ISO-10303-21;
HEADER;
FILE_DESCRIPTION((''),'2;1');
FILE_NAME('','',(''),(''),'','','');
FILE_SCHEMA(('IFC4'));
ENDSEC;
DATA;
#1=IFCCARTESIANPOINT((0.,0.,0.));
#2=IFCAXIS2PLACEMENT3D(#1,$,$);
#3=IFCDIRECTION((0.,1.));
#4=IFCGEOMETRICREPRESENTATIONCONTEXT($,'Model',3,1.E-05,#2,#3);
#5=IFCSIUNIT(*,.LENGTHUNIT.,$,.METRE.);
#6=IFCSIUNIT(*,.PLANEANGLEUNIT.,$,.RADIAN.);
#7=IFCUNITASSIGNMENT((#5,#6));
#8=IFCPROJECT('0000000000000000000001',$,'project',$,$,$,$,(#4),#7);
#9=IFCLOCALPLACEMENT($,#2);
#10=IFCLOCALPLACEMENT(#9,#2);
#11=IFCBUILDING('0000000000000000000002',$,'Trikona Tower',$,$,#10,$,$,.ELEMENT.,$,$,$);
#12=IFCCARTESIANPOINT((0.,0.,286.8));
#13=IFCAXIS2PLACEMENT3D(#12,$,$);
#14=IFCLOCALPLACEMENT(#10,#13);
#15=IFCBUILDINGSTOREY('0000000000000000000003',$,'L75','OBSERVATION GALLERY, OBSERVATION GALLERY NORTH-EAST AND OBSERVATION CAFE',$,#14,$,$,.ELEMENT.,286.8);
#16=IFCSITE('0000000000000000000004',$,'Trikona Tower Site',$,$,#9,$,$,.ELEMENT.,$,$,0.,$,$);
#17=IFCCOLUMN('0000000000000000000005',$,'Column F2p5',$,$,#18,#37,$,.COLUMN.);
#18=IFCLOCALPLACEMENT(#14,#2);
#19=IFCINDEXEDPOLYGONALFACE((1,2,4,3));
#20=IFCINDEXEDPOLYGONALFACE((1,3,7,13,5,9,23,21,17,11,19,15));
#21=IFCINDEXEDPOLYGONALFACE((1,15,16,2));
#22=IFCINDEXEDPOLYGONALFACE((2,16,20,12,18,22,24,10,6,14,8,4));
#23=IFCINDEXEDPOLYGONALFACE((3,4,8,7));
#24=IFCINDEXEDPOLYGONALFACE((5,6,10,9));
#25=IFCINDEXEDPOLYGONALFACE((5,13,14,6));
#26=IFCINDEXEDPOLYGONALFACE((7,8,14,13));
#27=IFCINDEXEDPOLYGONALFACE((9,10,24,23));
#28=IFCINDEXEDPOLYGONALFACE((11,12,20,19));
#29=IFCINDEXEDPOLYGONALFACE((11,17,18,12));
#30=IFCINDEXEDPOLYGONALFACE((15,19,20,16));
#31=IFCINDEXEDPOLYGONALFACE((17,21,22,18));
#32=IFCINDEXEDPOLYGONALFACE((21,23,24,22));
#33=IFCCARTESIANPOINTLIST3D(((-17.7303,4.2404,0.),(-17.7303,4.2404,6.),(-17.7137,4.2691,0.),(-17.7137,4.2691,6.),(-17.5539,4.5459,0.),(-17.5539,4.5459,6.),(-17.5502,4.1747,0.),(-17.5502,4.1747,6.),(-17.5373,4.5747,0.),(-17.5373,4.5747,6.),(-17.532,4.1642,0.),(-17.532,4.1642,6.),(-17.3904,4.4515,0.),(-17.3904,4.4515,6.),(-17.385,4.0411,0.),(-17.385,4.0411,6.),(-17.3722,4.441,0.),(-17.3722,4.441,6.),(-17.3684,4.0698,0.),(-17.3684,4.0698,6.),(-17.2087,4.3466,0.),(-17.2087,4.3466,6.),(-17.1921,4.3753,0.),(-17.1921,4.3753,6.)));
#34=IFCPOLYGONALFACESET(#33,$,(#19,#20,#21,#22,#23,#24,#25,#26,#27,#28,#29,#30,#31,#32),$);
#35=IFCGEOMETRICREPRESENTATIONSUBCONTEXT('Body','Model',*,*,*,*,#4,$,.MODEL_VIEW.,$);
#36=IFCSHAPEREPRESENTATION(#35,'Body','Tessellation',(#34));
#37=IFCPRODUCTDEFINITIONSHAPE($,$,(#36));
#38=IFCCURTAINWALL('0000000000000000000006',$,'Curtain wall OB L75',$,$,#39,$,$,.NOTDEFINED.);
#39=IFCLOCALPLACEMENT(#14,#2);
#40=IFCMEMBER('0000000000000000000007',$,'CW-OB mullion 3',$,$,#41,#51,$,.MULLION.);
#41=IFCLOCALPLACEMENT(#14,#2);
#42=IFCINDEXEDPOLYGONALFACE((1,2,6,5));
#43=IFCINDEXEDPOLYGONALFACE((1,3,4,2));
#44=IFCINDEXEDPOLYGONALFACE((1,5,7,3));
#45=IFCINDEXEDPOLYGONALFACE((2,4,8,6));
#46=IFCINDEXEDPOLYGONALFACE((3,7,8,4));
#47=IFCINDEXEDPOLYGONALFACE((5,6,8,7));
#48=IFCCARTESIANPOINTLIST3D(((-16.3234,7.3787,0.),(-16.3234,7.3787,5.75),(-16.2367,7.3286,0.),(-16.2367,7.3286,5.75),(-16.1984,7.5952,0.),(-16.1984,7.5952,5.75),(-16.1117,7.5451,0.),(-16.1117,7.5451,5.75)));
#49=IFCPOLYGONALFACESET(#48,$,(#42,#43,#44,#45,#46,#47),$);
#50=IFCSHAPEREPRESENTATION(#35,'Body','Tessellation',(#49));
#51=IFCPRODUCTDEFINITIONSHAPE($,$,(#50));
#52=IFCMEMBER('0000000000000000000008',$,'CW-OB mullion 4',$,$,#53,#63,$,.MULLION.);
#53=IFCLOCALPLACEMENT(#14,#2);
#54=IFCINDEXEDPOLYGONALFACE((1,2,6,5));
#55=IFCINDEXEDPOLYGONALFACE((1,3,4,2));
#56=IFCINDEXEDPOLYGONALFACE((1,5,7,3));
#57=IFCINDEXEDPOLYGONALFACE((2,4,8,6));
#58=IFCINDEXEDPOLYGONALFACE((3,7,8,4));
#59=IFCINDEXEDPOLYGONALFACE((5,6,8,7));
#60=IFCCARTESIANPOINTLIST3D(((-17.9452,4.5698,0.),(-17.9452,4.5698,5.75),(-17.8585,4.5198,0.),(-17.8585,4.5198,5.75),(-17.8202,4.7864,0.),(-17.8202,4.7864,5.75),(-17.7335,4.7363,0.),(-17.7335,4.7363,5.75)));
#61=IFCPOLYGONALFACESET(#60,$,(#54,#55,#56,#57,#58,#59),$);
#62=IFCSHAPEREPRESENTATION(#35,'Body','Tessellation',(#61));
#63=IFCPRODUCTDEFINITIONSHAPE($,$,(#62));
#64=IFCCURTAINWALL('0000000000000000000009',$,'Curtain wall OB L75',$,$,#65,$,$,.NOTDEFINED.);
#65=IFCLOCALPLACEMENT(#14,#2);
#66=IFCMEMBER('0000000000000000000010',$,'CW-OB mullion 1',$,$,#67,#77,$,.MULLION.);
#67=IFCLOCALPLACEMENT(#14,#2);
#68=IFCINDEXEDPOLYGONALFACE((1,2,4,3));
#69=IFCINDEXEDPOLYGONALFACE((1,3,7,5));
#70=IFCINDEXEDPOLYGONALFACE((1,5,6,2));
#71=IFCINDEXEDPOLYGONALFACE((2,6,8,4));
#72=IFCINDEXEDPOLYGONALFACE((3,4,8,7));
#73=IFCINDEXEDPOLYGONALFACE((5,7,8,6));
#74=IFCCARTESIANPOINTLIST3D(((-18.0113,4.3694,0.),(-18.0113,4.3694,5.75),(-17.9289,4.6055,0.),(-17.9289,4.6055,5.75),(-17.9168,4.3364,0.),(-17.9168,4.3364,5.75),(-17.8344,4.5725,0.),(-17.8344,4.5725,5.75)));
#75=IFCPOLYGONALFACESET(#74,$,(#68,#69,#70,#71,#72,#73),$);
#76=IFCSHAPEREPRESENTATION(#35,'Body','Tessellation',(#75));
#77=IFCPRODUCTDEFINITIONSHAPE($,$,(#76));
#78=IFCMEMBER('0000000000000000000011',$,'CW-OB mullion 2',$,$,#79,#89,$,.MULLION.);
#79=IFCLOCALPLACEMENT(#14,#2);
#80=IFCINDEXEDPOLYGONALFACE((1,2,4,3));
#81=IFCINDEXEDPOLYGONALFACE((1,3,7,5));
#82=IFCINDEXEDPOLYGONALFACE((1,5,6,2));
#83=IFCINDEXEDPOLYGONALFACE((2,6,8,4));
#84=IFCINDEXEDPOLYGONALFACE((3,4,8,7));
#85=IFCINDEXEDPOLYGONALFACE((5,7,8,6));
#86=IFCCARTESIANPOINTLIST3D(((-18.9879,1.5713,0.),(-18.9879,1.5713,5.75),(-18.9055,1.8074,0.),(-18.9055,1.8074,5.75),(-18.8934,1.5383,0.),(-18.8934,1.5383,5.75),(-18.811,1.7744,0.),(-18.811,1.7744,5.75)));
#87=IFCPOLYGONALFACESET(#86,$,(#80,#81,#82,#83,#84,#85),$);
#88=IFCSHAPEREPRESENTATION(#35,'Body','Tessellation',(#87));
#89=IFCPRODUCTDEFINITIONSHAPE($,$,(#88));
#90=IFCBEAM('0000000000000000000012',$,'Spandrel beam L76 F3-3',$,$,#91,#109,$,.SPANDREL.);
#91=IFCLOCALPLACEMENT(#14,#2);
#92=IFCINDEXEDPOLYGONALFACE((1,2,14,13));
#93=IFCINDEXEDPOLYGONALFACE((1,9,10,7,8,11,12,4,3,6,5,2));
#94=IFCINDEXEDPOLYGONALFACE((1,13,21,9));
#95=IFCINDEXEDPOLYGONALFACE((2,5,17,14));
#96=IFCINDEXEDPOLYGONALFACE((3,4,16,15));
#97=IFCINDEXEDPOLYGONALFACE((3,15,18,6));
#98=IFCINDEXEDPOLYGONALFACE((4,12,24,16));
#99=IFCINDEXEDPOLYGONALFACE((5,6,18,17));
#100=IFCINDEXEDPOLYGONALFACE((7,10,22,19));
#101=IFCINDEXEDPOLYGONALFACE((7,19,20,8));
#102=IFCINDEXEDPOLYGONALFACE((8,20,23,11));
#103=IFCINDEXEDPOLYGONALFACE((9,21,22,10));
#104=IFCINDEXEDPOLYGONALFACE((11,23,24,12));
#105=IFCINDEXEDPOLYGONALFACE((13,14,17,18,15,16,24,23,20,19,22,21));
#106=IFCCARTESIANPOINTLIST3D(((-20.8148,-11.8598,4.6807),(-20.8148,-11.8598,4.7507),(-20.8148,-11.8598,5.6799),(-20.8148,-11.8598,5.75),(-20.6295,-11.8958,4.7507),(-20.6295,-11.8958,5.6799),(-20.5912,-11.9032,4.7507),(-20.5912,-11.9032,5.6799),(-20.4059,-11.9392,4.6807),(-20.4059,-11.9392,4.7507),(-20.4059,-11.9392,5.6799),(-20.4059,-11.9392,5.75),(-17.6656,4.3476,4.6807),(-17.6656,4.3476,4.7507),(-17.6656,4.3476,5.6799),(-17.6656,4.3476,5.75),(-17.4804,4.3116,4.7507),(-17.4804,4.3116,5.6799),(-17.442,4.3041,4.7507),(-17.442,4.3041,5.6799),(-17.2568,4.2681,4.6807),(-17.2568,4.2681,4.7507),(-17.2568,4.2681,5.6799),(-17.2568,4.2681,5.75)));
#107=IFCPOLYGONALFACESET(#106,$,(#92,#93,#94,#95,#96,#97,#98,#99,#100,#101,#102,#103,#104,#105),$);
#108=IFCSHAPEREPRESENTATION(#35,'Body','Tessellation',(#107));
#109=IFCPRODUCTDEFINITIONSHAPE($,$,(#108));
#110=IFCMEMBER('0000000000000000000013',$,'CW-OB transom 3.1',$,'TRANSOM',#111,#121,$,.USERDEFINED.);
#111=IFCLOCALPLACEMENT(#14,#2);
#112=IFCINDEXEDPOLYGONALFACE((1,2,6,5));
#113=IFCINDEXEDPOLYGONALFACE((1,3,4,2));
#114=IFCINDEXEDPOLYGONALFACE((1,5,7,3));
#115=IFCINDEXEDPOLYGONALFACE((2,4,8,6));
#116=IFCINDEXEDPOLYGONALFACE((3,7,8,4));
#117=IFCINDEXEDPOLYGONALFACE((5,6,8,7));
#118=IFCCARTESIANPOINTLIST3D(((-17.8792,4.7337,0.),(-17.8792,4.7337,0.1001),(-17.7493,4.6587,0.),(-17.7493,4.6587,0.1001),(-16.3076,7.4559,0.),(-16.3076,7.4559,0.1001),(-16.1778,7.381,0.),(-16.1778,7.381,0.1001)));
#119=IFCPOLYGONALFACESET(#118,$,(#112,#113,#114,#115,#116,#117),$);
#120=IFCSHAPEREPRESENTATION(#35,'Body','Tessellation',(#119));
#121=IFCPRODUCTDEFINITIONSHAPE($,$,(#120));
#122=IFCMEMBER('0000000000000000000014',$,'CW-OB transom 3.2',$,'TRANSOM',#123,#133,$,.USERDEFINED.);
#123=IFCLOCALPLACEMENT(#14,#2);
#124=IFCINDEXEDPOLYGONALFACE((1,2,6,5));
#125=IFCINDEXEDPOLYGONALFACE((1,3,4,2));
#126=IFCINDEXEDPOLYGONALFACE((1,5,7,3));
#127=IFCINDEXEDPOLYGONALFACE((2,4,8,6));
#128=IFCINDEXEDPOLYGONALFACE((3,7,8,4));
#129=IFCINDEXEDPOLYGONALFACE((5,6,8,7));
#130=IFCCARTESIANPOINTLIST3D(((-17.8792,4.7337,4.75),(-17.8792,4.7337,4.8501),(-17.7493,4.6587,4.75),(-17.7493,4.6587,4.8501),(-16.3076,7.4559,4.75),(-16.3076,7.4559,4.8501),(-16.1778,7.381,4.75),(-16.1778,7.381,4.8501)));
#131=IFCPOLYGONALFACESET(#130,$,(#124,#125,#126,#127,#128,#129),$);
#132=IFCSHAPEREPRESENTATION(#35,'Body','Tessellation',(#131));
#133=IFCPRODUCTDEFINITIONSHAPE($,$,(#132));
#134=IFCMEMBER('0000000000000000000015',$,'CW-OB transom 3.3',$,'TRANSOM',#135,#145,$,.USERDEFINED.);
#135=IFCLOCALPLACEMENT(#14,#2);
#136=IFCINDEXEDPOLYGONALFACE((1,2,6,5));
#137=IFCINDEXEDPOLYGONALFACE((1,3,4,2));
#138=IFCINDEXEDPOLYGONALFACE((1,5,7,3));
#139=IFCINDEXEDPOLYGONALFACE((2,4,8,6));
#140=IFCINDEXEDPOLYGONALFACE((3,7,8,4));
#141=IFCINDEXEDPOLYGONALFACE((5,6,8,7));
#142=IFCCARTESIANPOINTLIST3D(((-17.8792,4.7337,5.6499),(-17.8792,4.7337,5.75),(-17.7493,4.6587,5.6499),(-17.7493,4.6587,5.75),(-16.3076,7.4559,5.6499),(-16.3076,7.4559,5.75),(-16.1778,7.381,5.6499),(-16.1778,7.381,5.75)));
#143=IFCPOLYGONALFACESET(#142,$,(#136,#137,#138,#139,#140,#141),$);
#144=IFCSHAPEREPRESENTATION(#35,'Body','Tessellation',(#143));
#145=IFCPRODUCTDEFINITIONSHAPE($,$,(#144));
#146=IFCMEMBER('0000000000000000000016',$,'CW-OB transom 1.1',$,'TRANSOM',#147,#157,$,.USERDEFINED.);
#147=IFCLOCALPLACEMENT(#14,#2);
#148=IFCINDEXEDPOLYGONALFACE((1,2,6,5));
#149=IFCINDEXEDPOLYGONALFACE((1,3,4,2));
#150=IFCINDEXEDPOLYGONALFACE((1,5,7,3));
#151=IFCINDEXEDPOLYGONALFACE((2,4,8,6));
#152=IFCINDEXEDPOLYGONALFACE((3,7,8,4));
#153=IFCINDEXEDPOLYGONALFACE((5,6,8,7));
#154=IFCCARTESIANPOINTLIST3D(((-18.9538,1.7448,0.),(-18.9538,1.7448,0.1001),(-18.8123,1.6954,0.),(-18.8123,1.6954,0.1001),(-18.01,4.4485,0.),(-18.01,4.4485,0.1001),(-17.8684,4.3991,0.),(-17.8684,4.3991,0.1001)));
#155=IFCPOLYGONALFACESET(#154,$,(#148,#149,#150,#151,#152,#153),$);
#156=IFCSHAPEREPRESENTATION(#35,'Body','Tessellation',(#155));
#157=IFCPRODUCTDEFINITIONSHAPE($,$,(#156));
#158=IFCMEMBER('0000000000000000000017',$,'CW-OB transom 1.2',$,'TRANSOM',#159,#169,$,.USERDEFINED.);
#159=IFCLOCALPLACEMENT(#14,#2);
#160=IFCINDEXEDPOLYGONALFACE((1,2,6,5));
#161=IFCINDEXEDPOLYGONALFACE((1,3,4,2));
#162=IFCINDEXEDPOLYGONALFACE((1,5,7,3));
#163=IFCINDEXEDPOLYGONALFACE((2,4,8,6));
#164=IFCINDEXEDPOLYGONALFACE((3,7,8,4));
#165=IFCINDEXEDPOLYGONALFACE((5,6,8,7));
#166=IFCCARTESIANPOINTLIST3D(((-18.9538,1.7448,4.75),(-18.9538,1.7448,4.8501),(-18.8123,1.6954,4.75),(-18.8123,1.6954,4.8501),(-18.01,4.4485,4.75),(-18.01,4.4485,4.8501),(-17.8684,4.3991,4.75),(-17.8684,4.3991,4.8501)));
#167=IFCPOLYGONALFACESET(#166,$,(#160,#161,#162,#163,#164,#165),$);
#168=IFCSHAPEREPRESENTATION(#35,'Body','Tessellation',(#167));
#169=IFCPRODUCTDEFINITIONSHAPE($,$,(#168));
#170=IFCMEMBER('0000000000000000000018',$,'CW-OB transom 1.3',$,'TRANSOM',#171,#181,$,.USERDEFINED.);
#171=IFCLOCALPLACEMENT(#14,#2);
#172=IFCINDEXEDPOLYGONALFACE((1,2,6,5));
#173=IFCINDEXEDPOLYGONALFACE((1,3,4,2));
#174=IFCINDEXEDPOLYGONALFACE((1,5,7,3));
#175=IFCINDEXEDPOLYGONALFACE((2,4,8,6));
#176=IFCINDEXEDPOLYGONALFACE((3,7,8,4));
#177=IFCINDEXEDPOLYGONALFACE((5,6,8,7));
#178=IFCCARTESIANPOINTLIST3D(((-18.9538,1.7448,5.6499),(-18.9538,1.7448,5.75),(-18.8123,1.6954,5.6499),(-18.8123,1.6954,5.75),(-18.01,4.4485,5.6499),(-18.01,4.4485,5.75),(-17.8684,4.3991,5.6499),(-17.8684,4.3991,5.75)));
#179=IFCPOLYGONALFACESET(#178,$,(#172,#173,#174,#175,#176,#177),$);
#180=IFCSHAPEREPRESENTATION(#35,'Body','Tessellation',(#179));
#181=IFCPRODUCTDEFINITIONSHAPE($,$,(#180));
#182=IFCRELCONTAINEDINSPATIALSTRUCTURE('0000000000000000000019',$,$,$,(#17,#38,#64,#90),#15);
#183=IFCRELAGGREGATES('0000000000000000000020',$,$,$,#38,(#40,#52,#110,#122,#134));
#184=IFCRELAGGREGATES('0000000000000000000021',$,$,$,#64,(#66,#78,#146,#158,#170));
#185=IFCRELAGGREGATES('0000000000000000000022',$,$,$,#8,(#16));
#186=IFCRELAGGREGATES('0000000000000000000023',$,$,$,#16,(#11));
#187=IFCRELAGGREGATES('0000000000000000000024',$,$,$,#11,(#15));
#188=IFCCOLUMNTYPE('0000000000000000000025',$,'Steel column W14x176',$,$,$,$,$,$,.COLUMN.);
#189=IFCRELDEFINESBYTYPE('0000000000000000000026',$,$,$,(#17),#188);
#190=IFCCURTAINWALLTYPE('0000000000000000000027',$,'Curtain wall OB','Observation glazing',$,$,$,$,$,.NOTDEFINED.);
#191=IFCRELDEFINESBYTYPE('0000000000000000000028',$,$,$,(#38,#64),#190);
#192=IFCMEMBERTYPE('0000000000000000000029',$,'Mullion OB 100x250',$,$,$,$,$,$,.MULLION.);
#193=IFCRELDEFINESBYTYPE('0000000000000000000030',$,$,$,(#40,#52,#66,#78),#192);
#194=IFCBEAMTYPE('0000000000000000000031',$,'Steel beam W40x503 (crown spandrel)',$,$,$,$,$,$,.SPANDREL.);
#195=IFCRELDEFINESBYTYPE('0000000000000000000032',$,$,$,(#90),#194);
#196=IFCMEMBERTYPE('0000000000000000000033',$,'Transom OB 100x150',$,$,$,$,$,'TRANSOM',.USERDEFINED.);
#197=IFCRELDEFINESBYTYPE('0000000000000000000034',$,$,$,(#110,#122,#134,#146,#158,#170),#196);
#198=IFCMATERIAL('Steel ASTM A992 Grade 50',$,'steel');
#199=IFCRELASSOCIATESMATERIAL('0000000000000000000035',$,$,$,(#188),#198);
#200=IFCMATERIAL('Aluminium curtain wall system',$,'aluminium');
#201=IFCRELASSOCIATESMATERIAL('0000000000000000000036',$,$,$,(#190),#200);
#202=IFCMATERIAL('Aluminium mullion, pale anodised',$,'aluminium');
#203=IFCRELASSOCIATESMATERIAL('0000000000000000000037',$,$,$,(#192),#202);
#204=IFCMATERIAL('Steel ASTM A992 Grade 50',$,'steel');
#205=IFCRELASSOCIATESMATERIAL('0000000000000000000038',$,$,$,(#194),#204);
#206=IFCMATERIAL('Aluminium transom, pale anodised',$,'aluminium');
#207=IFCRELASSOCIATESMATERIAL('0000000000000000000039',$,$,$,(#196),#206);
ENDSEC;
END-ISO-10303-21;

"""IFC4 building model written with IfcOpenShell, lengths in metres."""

from ifc_helpers import new_model, si_unit, direction, frame, origin, origin_2d, place, context, subcontext, project, spatial, rectangle, i_section, extrude, material, material_profile, profile_set, type_object, element, aggregate, save


model = new_model("IFC4")

# Units and contexts
model_context = context("Model", 3, precision=1e-05, world=origin(), true_north=direction((0.0, 1.0)))
body_context = subcontext(model_context, "Body", "Model", "MODEL_VIEW")
ifc_project = project(units=[si_unit("LENGTHUNIT", "METRE"), si_unit("PLANEANGLEUNIT", "RADIAN")], contexts=[model_context])

# Site, building, storey
site_placement = place(None, origin())
site = spatial("IfcSite", under=ifc_project, at=site_placement, Name="Trikona Tower Site", CompositionType="ELEMENT", RefElevation=0.0)
building_placement = place(site_placement, origin())
building = spatial("IfcBuilding", under=site, at=building_placement, Name="Trikona Tower", CompositionType="ELEMENT")
storey_placement = place(building_placement, frame((0.0, 0.0, 286.8)))
storey = spatial("IfcBuildingStorey", under=building, at=storey_placement, Name="L75", Description="OBSERVATION GALLERY, OBSERVATION GALLERY NORTH-EAST AND OBSERVATION CAFE", CompositionType="ELEMENT", Elevation=286.8)

# Column
ifc_material_1 = material(Name="Steel ASTM A992 Grade 50", Category="steel")
ifc_material_profile_1 = material_profile(ifc_material_1, i_section(OverallWidth=0.3987, OverallDepth=0.386, WebThickness=0.021, FlangeThickness=0.0332, at=origin_2d()), Name="W14X176")
ifc_profile_set_1 = profile_set([ifc_material_profile_1], Name="Steel ASTM A992 Grade 50")
column_type = type_object("IfcColumnType", Name="Steel column W14x176", PredefinedType="COLUMN", material=ifc_profile_set_1)
column_placement = place(storey_placement, frame((-17.4612, 4.3079, 0.0), z_axis=(0.0, 0.0, 1.0), x_axis=(-0.866025, 0.5, 0.0)))
element("IfcColumn", 1, at=column_placement, inside=storey, type_object=column_type, Name="Column F2p5", PredefinedType="COLUMN", context=body_context, shape_type="SweptSolid", body=[
    extrude(i_section(OverallWidth=0.3987, OverallDepth=0.386, WebThickness=0.021, FlangeThickness=0.0332, at=origin_2d()), origin(), (0.0, 0.0, 1.0), 6.0),
])

# Curtain walls, members
ifc_material_2 = material(Name="Aluminium curtain wall system", Category="aluminium")
curtain_wall_type = type_object("IfcCurtainWallType", Name="Curtain wall OB", Description="Observation glazing", PredefinedType="NOTDEFINED", material=ifc_material_2)
curtain_wall_1_placement = place(storey_placement, origin())
curtain_wall_1 = element("IfcCurtainWall", 2, at=curtain_wall_1_placement, inside=storey, type_object=curtain_wall_type, Name="Curtain wall OB L75", PredefinedType="NOTDEFINED")
ifc_material_3 = material(Name="Aluminium mullion, pale anodised", Category="aluminium")
ifc_material_profile_2 = material_profile(ifc_material_3, rectangle(XDim=0.1001, YDim=0.25, at=origin_2d()), Name="MUL-OB")
ifc_profile_set_2 = profile_set([ifc_material_profile_2], Name="Aluminium mullion, pale anodised")
member_type_1 = type_object("IfcMemberType", Name="Mullion OB 100x250", PredefinedType="MULLION", material=ifc_profile_set_2)
member_1_placement = place(storey_placement, frame((-16.2175, 7.4619, 0.0), z_axis=(0.0, 0.0, 1.0), x_axis=(0.866022, -0.500006, 0.0)))
member_1 = element("IfcMember", 3, at=member_1_placement, type_object=member_type_1, Name="CW-OB mullion 3", PredefinedType="MULLION", context=body_context, shape_type="SweptSolid", body=[
    extrude(rectangle(XDim=0.1001, YDim=0.25, at=origin_2d()), origin(), (0.0, 0.0, 1.0), 5.75),
])
member_2_placement = place(storey_placement, frame((-17.8394, 4.6531, 0.0), z_axis=(0.0, 0.0, 1.0), x_axis=(0.866022, -0.500006, 0.0)))
member_2 = element("IfcMember", 4, at=member_2_placement, type_object=member_type_1, Name="CW-OB mullion 4", PredefinedType="MULLION", context=body_context, shape_type="SweptSolid", body=[
    extrude(rectangle(XDim=0.1001, YDim=0.25, at=origin_2d()), origin(), (0.0, 0.0, 1.0), 5.75),
])
curtain_wall_2_placement = place(storey_placement, origin())
curtain_wall_2 = element("IfcCurtainWall", 5, at=curtain_wall_2_placement, inside=storey, type_object=curtain_wall_type, Name="Curtain wall OB L75", PredefinedType="NOTDEFINED")
member_3_placement = place(storey_placement, frame((-17.9229, 4.4709, 0.0), z_axis=(0.0, 0.0, 1.0), x_axis=(0.944137, -0.329552, 0.0)))
member_3 = element("IfcMember", 6, at=member_3_placement, type_object=member_type_1, Name="CW-OB mullion 1", PredefinedType="MULLION", context=body_context, shape_type="SweptSolid", body=[
    extrude(rectangle(XDim=0.1001, YDim=0.25, at=origin_2d()), origin(), (0.0, 0.0, 1.0), 5.75),
])
member_4_placement = place(storey_placement, frame((-18.8994, 1.6729, 0.0), z_axis=(0.0, 0.0, 1.0), x_axis=(0.944137, -0.329552, 0.0)))
member_4 = element("IfcMember", 7, at=member_4_placement, type_object=member_type_1, Name="CW-OB mullion 2", PredefinedType="MULLION", context=body_context, shape_type="SweptSolid", body=[
    extrude(rectangle(XDim=0.1001, YDim=0.25, at=origin_2d()), origin(), (0.0, 0.0, 1.0), 5.75),
])

# Beam
ifc_material_4 = material(Name="Steel ASTM A992 Grade 50", Category="steel")
ifc_material_profile_3 = material_profile(ifc_material_4, i_section(OverallWidth=0.4165, OverallDepth=1.0693, WebThickness=0.0391, FlangeThickness=0.0701, at=origin_2d()), Name="W40X503")
ifc_profile_set_3 = profile_set([ifc_material_profile_3], Name="Steel ASTM A992 Grade 50")
beam_type = type_object("IfcBeamType", Name="Steel beam W40x503 (crown spandrel)", PredefinedType="SPANDREL", material=ifc_profile_set_3)
beam_placement = place(storey_placement, frame((-17.4612, 4.3079, 5.2153), z_axis=(-0.190739, -0.981641, 0.0), x_axis=(0.981641, -0.190739, 0.0)))
element("IfcBeam", 8, at=beam_placement, inside=storey, type_object=beam_type, Name="Spandrel beam L76 F3-3", PredefinedType="SPANDREL", context=body_context, shape_type="SweptSolid", body=[
    extrude(i_section(OverallWidth=0.4165, OverallDepth=1.0693, WebThickness=0.0391, FlangeThickness=0.0701, at=origin_2d()), origin(), (0.0, 0.0, 1.0), 16.5105),
])

# Members
ifc_material_5 = material(Name="Aluminium transom, pale anodised", Category="aluminium")
ifc_material_profile_4 = material_profile(ifc_material_5, rectangle(XDim=0.1499, YDim=0.1001, at=origin_2d()), Name="TRN-OB")
ifc_profile_set_4 = profile_set([ifc_material_profile_4], Name="Aluminium transom, pale anodised")
member_type_2 = type_object("IfcMemberType", Name="Transom OB 100x150", ElementType="TRANSOM", PredefinedType="USERDEFINED", material=ifc_profile_set_4)
member_5_placement = place(storey_placement, frame((-16.2427, 7.4185, 0.05), z_axis=(-0.499973, -0.866041, 0.0), x_axis=(0.866041, -0.499973, 0.0)))
member_5 = element("IfcMember", 9, at=member_5_placement, type_object=member_type_2, Name="CW-OB transom 3.1", ObjectType="TRANSOM", PredefinedType="USERDEFINED", context=body_context, shape_type="SweptSolid", body=[
    extrude(rectangle(XDim=0.1499, YDim=0.1001, at=origin_2d()), origin(), (0.0, 0.0, 1.0), 3.1433),
])
member_6_placement = place(storey_placement, frame((-16.2427, 7.4185, 4.8), z_axis=(-0.499973, -0.866041, 0.0), x_axis=(0.866041, -0.499973, 0.0)))
member_6 = element("IfcMember", 10, at=member_6_placement, type_object=member_type_2, Name="CW-OB transom 3.2", ObjectType="TRANSOM", PredefinedType="USERDEFINED", context=body_context, shape_type="SweptSolid", body=[
    extrude(rectangle(XDim=0.1499, YDim=0.1001, at=origin_2d()), origin(), (0.0, 0.0, 1.0), 3.1433),
])
member_7_placement = place(storey_placement, frame((-16.2427, 7.4185, 5.7), z_axis=(-0.499973, -0.866041, 0.0), x_axis=(0.866041, -0.499973, 0.0)))
member_7 = element("IfcMember", 11, at=member_7_placement, type_object=member_type_2, Name="CW-OB transom 3.3", ObjectType="TRANSOM", PredefinedType="USERDEFINED", context=body_context, shape_type="SweptSolid", body=[
    extrude(rectangle(XDim=0.1499, YDim=0.1001, at=origin_2d()), origin(), (0.0, 0.0, 1.0), 3.1433),
])
member_8_placement = place(storey_placement, frame((-17.9392, 4.4238, 0.05), z_axis=(-0.329572, -0.94413, 0.0), x_axis=(0.94413, -0.329572, 0.0)))
member_8 = element("IfcMember", 12, at=member_8_placement, type_object=member_type_2, Name="CW-OB transom 1.1", ObjectType="TRANSOM", PredefinedType="USERDEFINED", context=body_context, shape_type="SweptSolid", body=[
    extrude(rectangle(XDim=0.1499, YDim=0.1001, at=origin_2d()), origin(), (0.0, 0.0, 1.0), 2.8638),
])
member_9_placement = place(storey_placement, frame((-17.9392, 4.4238, 4.8), z_axis=(-0.329572, -0.94413, 0.0), x_axis=(0.94413, -0.329572, 0.0)))
member_9 = element("IfcMember", 13, at=member_9_placement, type_object=member_type_2, Name="CW-OB transom 1.2", ObjectType="TRANSOM", PredefinedType="USERDEFINED", context=body_context, shape_type="SweptSolid", body=[
    extrude(rectangle(XDim=0.1499, YDim=0.1001, at=origin_2d()), origin(), (0.0, 0.0, 1.0), 2.8638),
])
member_10_placement = place(storey_placement, frame((-17.9392, 4.4238, 5.7), z_axis=(-0.329572, -0.94413, 0.0), x_axis=(0.94413, -0.329572, 0.0)))
member_10 = element("IfcMember", 14, at=member_10_placement, type_object=member_type_2, Name="CW-OB transom 1.3", ObjectType="TRANSOM", PredefinedType="USERDEFINED", context=body_context, shape_type="SweptSolid", body=[
    extrude(rectangle(XDim=0.1499, YDim=0.1001, at=origin_2d()), origin(), (0.0, 0.0, 1.0), 2.8638),
])

aggregate(curtain_wall_1, [member_1, member_2, member_5, member_6, member_7])
aggregate(curtain_wall_2, [member_3, member_4, member_8, member_9, member_10])

save(model, "model.ifc")
